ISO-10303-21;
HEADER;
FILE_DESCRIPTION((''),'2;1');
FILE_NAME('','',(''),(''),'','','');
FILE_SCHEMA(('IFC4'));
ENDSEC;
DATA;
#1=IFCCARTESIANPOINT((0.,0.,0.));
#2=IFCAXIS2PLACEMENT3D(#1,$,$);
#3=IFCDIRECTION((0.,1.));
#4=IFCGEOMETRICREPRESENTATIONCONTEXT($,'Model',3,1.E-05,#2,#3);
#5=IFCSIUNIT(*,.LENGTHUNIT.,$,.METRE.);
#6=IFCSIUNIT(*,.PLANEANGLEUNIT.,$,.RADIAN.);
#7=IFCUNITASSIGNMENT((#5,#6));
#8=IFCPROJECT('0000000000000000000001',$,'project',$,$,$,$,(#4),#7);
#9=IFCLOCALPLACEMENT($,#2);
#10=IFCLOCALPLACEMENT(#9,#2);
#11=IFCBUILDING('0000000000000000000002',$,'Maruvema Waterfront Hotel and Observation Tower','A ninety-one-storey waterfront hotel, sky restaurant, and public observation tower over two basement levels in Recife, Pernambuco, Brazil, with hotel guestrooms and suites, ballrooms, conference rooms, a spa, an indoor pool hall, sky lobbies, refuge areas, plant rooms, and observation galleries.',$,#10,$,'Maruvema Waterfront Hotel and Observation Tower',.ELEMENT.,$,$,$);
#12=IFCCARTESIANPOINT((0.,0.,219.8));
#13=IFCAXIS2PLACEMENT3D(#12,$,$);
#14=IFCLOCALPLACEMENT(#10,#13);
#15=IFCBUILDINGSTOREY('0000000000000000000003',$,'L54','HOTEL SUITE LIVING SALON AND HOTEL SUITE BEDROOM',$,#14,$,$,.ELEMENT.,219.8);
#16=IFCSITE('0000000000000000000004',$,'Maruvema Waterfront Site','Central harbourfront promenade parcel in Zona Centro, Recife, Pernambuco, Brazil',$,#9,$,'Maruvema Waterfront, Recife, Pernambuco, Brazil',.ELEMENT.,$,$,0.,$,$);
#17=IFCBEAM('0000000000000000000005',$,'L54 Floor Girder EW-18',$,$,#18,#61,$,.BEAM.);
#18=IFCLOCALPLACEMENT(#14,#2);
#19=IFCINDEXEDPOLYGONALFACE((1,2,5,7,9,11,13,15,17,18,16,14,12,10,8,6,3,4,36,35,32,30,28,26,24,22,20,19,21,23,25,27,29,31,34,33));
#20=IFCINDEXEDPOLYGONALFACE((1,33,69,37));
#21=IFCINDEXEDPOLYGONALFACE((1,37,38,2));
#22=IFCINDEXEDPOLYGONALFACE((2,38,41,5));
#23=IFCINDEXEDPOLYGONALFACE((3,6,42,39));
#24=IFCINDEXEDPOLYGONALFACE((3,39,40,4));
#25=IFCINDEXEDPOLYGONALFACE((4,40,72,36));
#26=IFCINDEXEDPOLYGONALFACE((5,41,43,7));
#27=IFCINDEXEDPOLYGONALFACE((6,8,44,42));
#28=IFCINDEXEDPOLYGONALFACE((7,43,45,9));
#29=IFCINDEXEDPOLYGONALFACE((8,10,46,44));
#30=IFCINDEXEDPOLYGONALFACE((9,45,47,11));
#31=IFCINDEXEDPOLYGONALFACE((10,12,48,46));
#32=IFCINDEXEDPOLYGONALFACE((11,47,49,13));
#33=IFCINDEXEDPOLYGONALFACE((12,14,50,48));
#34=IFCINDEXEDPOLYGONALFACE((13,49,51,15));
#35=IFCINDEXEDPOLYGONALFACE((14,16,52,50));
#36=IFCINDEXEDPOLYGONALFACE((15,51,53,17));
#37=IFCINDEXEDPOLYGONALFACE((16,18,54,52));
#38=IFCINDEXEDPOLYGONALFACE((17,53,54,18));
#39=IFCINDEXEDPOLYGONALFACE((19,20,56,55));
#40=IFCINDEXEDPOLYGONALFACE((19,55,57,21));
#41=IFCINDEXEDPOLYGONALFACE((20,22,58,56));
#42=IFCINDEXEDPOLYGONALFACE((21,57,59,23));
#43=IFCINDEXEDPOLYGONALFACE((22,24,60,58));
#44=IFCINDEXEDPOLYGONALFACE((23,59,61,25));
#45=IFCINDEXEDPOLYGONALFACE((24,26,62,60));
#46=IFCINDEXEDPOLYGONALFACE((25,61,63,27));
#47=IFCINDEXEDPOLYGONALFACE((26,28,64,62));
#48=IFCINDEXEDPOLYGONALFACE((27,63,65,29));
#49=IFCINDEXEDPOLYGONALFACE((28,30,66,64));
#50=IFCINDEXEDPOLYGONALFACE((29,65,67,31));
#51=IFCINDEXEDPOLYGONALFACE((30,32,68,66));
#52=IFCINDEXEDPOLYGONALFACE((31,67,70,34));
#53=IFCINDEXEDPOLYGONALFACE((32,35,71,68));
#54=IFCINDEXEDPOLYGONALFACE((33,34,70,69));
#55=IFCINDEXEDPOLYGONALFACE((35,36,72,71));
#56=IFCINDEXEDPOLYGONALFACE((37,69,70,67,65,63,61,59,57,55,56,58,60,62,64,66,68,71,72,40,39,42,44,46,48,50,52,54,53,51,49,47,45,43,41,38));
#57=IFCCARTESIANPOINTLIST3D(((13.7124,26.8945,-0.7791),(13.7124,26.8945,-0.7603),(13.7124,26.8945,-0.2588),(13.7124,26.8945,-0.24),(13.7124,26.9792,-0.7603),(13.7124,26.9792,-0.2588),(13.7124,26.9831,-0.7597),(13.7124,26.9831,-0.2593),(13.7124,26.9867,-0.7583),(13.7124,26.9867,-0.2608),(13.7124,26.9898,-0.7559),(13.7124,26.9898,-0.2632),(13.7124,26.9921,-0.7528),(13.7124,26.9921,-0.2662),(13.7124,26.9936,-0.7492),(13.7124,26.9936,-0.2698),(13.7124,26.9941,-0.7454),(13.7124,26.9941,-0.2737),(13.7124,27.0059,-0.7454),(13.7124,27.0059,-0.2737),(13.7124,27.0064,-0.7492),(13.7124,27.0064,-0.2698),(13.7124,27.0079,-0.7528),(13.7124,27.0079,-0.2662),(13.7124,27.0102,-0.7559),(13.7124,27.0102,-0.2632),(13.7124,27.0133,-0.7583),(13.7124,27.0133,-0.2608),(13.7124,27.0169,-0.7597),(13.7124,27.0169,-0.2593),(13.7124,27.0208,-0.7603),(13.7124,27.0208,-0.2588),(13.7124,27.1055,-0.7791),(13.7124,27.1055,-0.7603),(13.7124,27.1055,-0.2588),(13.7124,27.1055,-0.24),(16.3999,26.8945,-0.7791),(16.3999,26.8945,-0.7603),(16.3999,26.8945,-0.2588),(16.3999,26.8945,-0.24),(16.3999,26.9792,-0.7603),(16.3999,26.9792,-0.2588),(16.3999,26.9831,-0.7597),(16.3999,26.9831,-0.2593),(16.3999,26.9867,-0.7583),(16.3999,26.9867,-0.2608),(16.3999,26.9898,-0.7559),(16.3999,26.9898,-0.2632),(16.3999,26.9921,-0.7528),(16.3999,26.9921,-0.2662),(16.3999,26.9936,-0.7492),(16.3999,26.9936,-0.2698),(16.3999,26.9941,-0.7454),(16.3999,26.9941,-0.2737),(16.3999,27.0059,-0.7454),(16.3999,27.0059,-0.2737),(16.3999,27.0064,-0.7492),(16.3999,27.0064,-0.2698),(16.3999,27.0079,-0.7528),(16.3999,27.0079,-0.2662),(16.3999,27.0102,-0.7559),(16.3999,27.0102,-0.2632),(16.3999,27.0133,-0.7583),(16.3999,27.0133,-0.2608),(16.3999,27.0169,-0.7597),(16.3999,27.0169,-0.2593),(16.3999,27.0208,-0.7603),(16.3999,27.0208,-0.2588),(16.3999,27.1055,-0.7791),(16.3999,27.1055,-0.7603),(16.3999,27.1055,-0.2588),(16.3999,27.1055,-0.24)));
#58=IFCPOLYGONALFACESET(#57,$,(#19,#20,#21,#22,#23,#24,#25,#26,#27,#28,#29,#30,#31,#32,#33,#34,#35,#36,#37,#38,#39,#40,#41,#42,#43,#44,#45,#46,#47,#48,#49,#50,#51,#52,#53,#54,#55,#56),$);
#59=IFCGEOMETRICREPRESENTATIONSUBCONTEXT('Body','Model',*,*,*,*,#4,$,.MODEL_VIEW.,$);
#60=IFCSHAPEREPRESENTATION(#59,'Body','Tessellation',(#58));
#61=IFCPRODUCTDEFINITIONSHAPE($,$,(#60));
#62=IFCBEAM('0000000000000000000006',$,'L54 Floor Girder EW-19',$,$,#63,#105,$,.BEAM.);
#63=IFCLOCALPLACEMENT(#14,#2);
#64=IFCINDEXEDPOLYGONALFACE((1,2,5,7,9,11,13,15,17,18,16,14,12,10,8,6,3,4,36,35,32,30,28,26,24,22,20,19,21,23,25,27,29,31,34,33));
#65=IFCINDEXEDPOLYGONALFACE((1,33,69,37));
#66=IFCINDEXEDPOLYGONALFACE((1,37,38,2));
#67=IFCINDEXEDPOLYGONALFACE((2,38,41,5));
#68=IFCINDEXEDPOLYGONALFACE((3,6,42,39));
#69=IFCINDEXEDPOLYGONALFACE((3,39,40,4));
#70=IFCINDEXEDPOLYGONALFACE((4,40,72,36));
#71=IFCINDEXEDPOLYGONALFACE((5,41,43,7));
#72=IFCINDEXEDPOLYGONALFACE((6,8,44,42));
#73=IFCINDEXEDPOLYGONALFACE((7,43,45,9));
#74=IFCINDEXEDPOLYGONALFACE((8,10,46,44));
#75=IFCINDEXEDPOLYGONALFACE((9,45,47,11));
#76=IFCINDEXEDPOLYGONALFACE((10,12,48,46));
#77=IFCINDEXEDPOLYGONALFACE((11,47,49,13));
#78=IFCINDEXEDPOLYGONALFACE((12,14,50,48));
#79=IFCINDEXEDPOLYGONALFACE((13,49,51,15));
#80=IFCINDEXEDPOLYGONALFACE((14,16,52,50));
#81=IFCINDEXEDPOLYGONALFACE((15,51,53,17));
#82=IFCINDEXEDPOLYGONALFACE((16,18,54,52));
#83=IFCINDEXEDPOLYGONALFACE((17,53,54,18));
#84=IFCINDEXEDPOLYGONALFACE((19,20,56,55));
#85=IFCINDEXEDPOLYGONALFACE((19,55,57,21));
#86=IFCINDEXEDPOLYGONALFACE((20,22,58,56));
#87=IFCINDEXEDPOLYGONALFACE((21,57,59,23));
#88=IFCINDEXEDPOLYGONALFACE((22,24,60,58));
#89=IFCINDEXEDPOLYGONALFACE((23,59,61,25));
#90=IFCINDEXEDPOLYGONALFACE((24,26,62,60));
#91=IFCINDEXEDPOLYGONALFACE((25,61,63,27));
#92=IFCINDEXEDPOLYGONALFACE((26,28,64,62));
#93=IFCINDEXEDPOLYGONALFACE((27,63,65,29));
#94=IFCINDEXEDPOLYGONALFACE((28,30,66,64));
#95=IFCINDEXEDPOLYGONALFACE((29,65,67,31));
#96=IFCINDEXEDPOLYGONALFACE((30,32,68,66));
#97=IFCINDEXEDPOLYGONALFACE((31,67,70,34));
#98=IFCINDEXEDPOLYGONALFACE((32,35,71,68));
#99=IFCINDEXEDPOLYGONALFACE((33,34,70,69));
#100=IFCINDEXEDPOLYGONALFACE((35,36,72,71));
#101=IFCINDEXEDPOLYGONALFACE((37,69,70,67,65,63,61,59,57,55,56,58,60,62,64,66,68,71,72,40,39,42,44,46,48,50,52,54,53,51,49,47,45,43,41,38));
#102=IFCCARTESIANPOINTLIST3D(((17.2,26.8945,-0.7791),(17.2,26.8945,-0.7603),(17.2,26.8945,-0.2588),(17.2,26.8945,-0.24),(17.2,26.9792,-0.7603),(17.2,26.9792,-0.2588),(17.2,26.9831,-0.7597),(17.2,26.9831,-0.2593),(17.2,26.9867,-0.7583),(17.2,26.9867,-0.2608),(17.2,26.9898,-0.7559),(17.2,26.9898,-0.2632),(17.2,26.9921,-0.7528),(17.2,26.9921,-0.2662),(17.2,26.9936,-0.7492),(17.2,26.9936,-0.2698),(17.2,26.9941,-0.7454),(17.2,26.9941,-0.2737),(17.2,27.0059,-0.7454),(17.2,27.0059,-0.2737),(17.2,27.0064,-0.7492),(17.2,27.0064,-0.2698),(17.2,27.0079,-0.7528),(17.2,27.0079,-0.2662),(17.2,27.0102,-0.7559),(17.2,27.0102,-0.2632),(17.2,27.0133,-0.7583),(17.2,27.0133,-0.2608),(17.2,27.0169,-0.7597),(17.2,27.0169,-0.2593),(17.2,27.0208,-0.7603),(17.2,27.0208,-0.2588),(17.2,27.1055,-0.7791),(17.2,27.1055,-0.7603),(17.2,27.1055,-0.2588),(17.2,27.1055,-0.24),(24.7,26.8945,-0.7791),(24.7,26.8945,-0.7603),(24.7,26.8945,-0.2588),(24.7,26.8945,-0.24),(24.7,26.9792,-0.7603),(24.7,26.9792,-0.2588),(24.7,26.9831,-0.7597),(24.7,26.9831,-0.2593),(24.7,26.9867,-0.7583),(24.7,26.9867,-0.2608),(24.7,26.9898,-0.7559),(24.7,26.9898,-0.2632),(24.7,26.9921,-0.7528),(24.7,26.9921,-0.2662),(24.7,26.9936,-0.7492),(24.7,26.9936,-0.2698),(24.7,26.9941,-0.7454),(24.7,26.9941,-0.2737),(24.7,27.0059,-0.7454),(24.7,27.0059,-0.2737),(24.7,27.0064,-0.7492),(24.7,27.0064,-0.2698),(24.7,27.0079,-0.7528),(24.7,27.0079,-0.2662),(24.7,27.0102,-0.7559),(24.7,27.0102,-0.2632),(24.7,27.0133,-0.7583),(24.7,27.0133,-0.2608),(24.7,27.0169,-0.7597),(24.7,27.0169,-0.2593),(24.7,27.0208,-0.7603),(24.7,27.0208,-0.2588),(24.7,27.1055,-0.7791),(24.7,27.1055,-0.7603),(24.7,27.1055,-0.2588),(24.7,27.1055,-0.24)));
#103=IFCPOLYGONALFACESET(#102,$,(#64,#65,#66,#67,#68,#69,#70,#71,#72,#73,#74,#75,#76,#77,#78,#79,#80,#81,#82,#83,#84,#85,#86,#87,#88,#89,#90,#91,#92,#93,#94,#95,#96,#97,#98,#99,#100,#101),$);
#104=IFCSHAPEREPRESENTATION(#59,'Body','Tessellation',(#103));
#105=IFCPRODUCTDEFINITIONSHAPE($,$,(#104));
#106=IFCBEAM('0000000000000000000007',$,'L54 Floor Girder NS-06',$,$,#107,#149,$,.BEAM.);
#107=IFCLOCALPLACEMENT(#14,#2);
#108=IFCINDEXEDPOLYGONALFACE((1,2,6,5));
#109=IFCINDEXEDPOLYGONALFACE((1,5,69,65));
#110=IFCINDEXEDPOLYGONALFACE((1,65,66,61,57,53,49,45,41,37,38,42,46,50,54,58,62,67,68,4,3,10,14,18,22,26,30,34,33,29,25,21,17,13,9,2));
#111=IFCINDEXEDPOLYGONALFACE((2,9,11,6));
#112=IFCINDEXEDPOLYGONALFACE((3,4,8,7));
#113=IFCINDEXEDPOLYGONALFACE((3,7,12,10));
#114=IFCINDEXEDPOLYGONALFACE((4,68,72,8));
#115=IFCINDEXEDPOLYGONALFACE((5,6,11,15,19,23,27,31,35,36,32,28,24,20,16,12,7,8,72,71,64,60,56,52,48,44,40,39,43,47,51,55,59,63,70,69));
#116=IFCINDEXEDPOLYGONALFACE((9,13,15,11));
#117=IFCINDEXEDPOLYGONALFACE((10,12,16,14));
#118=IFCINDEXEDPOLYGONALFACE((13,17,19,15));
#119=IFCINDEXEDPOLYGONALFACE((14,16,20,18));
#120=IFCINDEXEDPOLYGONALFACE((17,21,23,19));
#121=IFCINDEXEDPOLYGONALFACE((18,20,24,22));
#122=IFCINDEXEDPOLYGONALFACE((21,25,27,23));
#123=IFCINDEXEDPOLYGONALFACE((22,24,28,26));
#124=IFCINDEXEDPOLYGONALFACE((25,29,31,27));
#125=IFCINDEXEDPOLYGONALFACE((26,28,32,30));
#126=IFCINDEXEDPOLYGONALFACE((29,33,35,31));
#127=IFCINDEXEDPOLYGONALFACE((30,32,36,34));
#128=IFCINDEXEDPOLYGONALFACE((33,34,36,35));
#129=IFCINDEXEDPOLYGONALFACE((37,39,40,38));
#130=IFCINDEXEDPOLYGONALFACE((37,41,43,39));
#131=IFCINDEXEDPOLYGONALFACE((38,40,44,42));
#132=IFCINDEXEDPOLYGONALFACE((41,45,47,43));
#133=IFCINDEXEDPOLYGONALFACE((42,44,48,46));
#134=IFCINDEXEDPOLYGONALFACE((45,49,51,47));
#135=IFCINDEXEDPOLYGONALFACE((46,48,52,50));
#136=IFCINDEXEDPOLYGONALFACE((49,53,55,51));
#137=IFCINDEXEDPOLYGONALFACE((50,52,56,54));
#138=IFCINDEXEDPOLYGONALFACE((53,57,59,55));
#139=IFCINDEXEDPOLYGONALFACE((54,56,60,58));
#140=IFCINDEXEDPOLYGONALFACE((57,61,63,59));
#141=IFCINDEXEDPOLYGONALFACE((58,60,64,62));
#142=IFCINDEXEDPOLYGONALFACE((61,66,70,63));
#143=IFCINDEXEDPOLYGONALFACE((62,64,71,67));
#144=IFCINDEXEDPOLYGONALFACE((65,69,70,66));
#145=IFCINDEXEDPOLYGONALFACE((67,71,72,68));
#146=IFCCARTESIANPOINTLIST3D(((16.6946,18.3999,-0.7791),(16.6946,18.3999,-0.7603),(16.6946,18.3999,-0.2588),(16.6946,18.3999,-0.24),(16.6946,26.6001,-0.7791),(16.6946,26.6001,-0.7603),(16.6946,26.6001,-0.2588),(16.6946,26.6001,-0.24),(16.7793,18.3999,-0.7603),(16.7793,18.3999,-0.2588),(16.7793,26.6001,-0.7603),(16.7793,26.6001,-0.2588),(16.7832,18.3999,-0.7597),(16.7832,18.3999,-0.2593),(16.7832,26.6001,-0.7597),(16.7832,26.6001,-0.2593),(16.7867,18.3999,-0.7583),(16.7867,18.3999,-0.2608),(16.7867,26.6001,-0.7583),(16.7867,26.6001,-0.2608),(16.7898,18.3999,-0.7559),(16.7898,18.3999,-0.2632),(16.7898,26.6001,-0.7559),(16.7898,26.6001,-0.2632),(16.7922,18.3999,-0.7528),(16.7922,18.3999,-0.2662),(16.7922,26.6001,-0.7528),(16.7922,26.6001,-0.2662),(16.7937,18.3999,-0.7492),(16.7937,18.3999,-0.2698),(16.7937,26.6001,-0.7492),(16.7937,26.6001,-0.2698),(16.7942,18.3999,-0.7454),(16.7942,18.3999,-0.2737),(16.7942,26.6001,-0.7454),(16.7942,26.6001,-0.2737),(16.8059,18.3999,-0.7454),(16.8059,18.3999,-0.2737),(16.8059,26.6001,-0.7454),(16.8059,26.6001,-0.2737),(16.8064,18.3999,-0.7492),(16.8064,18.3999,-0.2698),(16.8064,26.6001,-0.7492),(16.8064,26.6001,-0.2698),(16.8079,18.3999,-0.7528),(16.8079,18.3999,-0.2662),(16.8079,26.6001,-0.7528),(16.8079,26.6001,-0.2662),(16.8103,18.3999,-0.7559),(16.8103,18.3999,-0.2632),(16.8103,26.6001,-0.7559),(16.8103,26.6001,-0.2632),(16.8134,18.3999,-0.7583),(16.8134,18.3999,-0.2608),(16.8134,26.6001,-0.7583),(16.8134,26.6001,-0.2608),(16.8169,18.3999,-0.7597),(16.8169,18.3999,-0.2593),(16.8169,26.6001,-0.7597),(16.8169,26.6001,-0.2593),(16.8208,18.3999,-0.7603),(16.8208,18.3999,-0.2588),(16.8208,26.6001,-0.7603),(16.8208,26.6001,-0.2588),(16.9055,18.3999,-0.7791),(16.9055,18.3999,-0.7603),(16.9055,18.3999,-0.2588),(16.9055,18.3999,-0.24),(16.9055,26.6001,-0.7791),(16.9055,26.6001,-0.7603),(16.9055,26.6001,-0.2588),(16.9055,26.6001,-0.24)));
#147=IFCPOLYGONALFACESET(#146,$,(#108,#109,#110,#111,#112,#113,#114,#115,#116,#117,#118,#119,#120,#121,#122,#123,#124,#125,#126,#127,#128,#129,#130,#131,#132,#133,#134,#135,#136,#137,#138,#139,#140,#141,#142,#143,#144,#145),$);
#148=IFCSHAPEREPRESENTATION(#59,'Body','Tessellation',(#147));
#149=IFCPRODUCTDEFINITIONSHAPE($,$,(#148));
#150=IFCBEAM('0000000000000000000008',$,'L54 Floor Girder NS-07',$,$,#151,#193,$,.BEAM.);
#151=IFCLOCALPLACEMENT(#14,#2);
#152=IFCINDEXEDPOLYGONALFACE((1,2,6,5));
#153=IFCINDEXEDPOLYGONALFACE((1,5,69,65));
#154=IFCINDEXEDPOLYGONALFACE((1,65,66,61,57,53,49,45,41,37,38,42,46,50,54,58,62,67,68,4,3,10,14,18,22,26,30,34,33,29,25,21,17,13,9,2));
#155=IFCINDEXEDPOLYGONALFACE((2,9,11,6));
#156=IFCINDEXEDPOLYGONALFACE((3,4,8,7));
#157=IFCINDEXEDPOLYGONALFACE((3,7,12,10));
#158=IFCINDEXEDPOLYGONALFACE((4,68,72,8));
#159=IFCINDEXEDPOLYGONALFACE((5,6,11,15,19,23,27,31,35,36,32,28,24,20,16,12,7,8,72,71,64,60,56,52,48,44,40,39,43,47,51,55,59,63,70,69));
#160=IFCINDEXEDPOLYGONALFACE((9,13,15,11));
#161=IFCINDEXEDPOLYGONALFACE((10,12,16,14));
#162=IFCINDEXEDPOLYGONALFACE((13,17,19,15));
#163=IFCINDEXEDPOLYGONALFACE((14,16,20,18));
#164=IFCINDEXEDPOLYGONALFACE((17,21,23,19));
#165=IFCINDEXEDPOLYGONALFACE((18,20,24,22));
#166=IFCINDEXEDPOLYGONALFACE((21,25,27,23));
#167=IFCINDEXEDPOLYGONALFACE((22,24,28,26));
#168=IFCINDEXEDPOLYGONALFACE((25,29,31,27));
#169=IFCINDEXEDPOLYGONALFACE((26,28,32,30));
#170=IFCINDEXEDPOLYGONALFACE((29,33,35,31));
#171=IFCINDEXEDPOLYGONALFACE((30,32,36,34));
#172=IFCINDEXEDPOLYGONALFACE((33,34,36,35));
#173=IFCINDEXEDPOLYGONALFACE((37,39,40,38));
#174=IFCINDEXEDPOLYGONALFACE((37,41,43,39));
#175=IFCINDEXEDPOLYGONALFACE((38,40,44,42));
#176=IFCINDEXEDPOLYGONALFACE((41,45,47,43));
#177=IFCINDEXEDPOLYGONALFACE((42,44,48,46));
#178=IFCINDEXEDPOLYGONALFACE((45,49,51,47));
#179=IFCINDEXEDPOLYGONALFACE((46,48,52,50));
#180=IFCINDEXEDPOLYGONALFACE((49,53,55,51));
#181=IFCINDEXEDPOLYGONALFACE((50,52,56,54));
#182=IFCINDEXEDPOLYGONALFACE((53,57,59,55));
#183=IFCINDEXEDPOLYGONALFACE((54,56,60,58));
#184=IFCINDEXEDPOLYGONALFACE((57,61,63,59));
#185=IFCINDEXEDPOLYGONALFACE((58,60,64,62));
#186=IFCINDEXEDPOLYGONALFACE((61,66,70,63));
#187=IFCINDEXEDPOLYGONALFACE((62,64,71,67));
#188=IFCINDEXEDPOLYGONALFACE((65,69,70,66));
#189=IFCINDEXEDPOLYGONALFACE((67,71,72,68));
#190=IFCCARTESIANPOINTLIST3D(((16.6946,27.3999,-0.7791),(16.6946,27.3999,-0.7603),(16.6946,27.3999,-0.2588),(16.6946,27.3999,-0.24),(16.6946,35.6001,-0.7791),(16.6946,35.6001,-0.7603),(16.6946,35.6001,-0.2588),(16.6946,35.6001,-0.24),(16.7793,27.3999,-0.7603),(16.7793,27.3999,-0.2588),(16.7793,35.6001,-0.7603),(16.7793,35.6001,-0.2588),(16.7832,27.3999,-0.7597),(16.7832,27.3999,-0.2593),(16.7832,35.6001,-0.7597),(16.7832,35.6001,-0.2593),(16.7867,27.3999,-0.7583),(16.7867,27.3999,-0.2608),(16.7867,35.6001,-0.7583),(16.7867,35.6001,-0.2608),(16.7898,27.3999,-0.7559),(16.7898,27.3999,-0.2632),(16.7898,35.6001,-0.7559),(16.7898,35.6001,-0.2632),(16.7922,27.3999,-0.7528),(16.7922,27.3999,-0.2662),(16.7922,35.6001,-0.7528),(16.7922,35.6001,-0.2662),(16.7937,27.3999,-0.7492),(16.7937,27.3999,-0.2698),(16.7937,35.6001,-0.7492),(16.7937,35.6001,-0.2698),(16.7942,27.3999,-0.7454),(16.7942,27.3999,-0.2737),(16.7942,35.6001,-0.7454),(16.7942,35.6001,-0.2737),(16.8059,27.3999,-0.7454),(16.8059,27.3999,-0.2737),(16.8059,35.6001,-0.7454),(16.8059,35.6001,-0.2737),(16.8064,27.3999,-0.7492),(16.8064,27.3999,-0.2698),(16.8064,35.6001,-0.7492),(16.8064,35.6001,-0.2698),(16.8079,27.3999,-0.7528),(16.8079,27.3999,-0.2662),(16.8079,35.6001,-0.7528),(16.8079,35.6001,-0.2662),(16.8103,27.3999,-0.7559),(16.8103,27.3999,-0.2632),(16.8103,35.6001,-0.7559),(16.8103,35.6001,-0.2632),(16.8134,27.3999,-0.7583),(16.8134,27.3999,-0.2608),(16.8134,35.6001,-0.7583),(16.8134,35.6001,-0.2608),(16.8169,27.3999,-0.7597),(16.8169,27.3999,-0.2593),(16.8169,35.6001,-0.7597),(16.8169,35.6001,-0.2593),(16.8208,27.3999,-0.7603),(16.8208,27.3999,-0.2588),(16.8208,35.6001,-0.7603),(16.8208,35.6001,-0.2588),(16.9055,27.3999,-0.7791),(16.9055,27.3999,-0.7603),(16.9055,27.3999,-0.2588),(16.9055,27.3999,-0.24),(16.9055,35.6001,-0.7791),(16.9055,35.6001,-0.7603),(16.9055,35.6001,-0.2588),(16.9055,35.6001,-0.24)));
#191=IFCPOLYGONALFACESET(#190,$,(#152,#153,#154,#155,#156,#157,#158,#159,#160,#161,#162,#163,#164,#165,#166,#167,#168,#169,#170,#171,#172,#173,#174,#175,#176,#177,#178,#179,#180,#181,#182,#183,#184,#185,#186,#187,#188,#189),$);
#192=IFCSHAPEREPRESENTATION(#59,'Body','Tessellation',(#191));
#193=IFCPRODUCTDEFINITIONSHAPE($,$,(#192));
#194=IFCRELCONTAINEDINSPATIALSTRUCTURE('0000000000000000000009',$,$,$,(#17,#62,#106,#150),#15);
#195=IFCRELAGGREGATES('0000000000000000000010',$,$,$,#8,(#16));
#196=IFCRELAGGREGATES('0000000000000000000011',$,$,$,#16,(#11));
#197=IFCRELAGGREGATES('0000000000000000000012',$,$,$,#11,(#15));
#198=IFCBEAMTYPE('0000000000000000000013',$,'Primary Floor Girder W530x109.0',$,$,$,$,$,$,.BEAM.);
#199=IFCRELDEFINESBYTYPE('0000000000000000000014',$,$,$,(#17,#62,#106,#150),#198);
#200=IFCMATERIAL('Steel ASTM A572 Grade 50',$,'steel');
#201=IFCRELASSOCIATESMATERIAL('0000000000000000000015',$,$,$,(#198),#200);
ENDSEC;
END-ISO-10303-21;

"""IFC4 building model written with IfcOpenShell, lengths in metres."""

from ifc_helpers import new_model, si_unit, direction, frame, origin, origin_2d, place, context, subcontext, project, spatial, i_section, extrude, material, material_profile, profile_set, type_object, element, save


model = new_model("IFC4")

# Units and contexts
model_context = context("Model", 3, precision=1e-05, world=origin(), true_north=direction((0.0, 1.0)))
body_context = subcontext(model_context, "Body", "Model", "MODEL_VIEW")
ifc_project = project(units=[si_unit("LENGTHUNIT", "METRE"), si_unit("PLANEANGLEUNIT", "RADIAN")], contexts=[model_context])

# Site, building, storey
site_placement = place(None, origin())
site = spatial("IfcSite", under=ifc_project, at=site_placement, Name="Maruvema Waterfront Site", Description="Central harbourfront promenade parcel in Zona Centro, Recife, Pernambuco, Brazil", LongName="Maruvema Waterfront, Recife, Pernambuco, Brazil", CompositionType="ELEMENT", RefElevation=0.0)
building_placement = place(site_placement, origin())
building = spatial("IfcBuilding", under=site, at=building_placement, Name="Maruvema Waterfront Hotel and Observation Tower", Description="A ninety-one-storey waterfront hotel, sky restaurant, and public observation tower over two basement levels in Recife, Pernambuco, Brazil, with hotel guestrooms and suites, ballrooms, conference rooms, a spa, an indoor pool hall, sky lobbies, refuge areas, plant rooms, and observation galleries.", LongName="Maruvema Waterfront Hotel and Observation Tower", CompositionType="ELEMENT")
storey_placement = place(building_placement, frame((0.0, 0.0, 219.8)))
storey = spatial("IfcBuildingStorey", under=building, at=storey_placement, Name="L54", Description="HOTEL SUITE LIVING SALON AND HOTEL SUITE BEDROOM", CompositionType="ELEMENT", Elevation=219.8)

# Beams
ifc_material_1 = material(Name="Steel ASTM A572 Grade 50", Category="steel")
ifc_material_profile_1 = material_profile(ifc_material_1, i_section(OverallWidth=0.2109, OverallDepth=0.5391, WebThickness=0.0117, FlangeThickness=0.0188, FilletRadius=0.0149, at=origin_2d()), Name="W530x109.0")
ifc_profile_set_1 = profile_set([ifc_material_profile_1], Name="Steel ASTM A572 Grade 50")
beam_type_1 = type_object("IfcBeamType", Name="Primary Floor Girder W530x109.0", PredefinedType="BEAM", material=ifc_profile_set_1)
beam_1_placement = place(storey_placement, frame((13.7124, 27.0, -0.5095), z_axis=(1.0, 0.0, 0.0), x_axis=(0.0, 1.0, 0.0)))
element("IfcBeam", 1, at=beam_1_placement, inside=storey, type_object=beam_type_1, Name="L54 Floor Girder EW-18", PredefinedType="BEAM", context=body_context, shape_type="SweptSolid", body=[
    extrude(i_section(OverallWidth=0.2109, OverallDepth=0.5391, WebThickness=0.0117, FlangeThickness=0.0188, FilletRadius=0.0149, at=origin_2d()), origin(), (0.0, 0.0, 1.0), 2.6875),
])
beam_2_placement = place(storey_placement, frame((17.2, 27.0, -0.5095), z_axis=(1.0, 0.0, 0.0), x_axis=(0.0, 1.0, 0.0)))
element("IfcBeam", 2, at=beam_2_placement, inside=storey, type_object=beam_type_1, Name="L54 Floor Girder EW-19", PredefinedType="BEAM", context=body_context, shape_type="SweptSolid", body=[
    extrude(i_section(OverallWidth=0.2109, OverallDepth=0.5391, WebThickness=0.0117, FlangeThickness=0.0188, FilletRadius=0.0149, at=origin_2d()), origin(), (0.0, 0.0, 1.0), 7.5),
])
for number, where, z_axis, x_axis, name in (
    (3, (16.8, 18.3999, -0.5095), (0.0, 1.0, 0.0), (-1.0, 0.0, 0.0), "L54 Floor Girder NS-06"),
    (4, (16.8, 27.3999, -0.5095), (0.0, 1.0, 0.0), (-1.0, 0.0, 0.0), "L54 Floor Girder NS-07"),
):
    element("IfcBeam", number, at=place(storey_placement, frame(where, z_axis=z_axis, x_axis=x_axis)), inside=storey, type_object=beam_type_1, Name=name, PredefinedType="BEAM", context=body_context, shape_type="SweptSolid", body=[
        extrude(i_section(OverallWidth=0.2109, OverallDepth=0.5391, WebThickness=0.0117, FlangeThickness=0.0188, FilletRadius=0.0149, at=origin_2d()), origin(), (0.0, 0.0, 1.0), 8.2002),
    ])

save(model, "model.ifc")
